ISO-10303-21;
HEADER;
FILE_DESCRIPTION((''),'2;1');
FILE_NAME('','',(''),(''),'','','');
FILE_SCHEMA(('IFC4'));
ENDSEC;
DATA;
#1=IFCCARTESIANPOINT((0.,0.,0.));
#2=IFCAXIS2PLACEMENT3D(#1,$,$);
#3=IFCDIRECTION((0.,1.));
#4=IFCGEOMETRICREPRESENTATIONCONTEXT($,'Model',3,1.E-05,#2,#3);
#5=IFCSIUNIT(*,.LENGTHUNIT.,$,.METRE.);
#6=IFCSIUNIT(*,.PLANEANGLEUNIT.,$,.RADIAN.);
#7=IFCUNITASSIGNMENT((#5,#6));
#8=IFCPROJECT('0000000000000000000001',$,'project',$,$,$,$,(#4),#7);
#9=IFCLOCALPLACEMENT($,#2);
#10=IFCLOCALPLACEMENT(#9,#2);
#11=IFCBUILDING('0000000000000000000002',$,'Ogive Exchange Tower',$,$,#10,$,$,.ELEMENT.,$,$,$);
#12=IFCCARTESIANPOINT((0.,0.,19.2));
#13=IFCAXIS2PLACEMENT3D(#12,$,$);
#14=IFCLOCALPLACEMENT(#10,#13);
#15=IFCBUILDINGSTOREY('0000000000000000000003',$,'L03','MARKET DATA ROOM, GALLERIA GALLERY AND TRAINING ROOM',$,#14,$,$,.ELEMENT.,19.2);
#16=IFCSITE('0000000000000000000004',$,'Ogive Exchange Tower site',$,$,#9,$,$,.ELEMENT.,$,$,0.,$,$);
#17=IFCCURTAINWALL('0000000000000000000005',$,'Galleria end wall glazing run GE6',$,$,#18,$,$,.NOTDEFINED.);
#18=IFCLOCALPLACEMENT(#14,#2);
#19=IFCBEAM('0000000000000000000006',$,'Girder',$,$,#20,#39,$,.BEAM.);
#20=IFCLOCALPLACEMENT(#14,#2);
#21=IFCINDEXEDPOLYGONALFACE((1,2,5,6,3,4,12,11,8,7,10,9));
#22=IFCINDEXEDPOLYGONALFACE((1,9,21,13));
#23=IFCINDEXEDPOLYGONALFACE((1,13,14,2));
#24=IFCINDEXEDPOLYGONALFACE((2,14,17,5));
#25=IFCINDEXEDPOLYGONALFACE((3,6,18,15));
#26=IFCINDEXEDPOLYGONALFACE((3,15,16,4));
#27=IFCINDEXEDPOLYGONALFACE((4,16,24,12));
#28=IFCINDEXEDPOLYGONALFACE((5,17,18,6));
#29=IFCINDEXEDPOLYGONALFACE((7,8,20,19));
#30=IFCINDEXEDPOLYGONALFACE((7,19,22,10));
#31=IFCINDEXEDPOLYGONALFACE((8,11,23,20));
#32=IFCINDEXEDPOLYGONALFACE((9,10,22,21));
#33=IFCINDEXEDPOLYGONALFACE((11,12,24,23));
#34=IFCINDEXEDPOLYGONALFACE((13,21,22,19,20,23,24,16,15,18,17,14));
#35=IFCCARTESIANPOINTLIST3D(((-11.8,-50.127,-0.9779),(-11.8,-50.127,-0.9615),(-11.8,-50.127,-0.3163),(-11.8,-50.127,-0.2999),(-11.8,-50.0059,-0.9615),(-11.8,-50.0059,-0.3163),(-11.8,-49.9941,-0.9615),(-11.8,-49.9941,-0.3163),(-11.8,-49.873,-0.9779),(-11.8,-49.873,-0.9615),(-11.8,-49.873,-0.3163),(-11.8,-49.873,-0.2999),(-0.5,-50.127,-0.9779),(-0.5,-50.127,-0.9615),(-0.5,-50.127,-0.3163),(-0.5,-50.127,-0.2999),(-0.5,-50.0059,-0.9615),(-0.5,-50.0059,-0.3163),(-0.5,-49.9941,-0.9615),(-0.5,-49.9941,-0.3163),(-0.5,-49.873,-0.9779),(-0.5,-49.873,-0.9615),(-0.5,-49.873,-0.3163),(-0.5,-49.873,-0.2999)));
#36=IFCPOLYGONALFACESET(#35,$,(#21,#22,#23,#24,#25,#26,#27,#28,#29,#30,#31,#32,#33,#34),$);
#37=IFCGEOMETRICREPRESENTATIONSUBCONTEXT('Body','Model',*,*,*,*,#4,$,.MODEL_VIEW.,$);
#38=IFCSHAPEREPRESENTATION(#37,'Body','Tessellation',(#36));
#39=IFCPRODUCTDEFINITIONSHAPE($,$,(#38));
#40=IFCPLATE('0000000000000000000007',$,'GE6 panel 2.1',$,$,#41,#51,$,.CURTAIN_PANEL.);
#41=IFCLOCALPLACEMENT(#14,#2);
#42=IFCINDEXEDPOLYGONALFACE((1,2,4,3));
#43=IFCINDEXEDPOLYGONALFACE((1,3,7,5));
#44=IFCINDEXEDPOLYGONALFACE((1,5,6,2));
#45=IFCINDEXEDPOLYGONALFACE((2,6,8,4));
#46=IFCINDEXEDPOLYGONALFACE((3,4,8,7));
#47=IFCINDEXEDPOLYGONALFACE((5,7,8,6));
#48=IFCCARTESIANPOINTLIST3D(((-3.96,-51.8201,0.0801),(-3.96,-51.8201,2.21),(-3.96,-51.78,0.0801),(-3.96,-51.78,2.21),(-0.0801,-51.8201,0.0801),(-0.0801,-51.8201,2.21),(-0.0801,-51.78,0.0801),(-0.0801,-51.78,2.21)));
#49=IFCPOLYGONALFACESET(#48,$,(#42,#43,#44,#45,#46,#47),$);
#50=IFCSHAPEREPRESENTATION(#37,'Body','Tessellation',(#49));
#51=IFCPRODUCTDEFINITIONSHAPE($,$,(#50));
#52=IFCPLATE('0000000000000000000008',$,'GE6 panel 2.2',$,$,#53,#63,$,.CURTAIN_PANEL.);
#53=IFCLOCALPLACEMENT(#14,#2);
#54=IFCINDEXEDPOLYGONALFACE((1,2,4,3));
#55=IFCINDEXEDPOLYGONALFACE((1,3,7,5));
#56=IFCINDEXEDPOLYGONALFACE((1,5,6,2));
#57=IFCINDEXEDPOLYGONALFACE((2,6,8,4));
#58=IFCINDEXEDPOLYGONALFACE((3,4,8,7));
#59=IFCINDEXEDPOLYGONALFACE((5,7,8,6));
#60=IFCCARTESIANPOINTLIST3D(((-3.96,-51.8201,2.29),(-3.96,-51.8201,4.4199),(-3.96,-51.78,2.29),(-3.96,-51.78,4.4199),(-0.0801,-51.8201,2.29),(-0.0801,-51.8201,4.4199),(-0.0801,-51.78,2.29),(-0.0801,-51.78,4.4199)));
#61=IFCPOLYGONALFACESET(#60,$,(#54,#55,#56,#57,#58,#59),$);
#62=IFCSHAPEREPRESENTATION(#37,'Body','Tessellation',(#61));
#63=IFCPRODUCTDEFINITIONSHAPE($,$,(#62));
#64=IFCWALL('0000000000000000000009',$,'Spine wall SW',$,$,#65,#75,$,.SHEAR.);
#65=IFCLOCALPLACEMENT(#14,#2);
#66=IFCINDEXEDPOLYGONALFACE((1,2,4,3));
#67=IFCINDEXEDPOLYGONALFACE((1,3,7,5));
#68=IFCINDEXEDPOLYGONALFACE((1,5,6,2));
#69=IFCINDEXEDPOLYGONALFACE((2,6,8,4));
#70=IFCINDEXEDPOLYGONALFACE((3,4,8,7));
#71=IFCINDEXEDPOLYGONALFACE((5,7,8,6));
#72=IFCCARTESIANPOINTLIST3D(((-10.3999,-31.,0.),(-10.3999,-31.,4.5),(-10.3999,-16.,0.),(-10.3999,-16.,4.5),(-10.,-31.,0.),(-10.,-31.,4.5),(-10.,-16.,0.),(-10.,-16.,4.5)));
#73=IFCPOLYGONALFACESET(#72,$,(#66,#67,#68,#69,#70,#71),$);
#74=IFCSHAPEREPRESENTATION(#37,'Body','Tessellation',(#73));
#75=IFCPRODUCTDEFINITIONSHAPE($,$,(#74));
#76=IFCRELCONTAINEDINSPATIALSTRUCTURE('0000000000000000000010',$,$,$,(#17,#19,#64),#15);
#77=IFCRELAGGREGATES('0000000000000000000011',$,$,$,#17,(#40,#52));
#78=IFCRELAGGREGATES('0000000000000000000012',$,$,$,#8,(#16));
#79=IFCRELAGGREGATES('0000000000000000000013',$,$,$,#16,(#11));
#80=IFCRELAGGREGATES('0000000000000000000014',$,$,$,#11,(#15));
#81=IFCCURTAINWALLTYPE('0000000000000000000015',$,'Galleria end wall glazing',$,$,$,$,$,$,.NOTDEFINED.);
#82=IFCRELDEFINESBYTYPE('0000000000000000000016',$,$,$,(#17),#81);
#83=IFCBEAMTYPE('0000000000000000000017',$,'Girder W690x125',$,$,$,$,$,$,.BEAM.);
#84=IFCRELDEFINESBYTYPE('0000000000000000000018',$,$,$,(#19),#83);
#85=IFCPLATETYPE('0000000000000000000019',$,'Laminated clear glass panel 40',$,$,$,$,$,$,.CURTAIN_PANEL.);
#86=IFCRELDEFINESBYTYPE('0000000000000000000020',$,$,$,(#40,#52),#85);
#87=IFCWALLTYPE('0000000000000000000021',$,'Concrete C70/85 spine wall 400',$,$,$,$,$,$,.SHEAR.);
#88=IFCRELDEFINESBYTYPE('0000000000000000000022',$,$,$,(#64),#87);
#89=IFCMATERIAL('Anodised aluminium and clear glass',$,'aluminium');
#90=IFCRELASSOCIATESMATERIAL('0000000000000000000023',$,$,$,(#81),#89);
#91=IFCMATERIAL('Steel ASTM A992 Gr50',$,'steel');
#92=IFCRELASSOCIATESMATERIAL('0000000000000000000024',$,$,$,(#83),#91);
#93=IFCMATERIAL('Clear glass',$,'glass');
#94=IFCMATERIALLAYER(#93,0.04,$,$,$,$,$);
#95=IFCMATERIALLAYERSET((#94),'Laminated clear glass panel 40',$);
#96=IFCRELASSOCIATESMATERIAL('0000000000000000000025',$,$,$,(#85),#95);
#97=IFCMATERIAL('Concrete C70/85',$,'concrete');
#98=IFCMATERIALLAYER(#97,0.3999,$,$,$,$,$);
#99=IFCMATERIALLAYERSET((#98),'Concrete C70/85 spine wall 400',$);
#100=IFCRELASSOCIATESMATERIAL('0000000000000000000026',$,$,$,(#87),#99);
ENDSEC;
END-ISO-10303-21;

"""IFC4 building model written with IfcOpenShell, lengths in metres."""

from ifc_helpers import new_model, si_unit, direction, frame, frame_2d, origin, origin_2d, place, context, subcontext, project, spatial, rectangle, i_section, extrude, material, layer, layer_set, material_profile, profile_set, type_object, element, aggregate, save


model = new_model("IFC4")

# Units and contexts
model_context = context("Model", 3, precision=1e-05, world=origin(), true_north=direction((0.0, 1.0)))
body_context = subcontext(model_context, "Body", "Model", "MODEL_VIEW")
ifc_project = project(units=[si_unit("LENGTHUNIT", "METRE"), si_unit("PLANEANGLEUNIT", "RADIAN")], contexts=[model_context])

# Site, building, storey
site_placement = place(None, origin())
site = spatial("IfcSite", under=ifc_project, at=site_placement, Name="Ogive Exchange Tower site", CompositionType="ELEMENT", RefElevation=0.0)
building_placement = place(site_placement, origin())
building = spatial("IfcBuilding", under=site, at=building_placement, Name="Ogive Exchange Tower", CompositionType="ELEMENT")
storey_placement = place(building_placement, frame((0.0, 0.0, 19.2)))
storey = spatial("IfcBuildingStorey", under=building, at=storey_placement, Name="L03", Description="MARKET DATA ROOM, GALLERIA GALLERY AND TRAINING ROOM", CompositionType="ELEMENT", Elevation=19.2)

# Shared definitions
ifc_material_1 = material(Name="Concrete C70/85", Category="concrete")

# Curtain wall
ifc_material_2 = material(Name="Anodised aluminium and clear glass", Category="aluminium")
curtain_wall_type = type_object("IfcCurtainWallType", Name="Galleria end wall glazing", PredefinedType="NOTDEFINED", material=ifc_material_2)
curtain_wall_placement = place(storey_placement, origin())
curtain_wall = element("IfcCurtainWall", 1, at=curtain_wall_placement, inside=storey, type_object=curtain_wall_type, Name="Galleria end wall glazing run GE6", PredefinedType="NOTDEFINED")

# Beam
ifc_material_3 = material(Name="Steel ASTM A992 Gr50", Category="steel")
ifc_material_profile_1 = material_profile(ifc_material_3, i_section(OverallWidth=0.2539, OverallDepth=0.678, WebThickness=0.0117, FlangeThickness=0.0164, at=origin_2d()), Name="W690x125")
ifc_profile_set_1 = profile_set([ifc_material_profile_1], Name="Steel ASTM A992 Gr50")
beam_type_1 = type_object("IfcBeamType", Name="Girder W690x125", PredefinedType="BEAM", material=ifc_profile_set_1)
for number, where, z_axis, x_axis, name in (
    (2, (-11.8, -50.0, -0.6389), (1.0, 0.0, 0.0), (0.0, 1.0, 0.0), "Girder"),
):
    element("IfcBeam", number, at=place(storey_placement, frame(where, z_axis=z_axis, x_axis=x_axis)), inside=storey, type_object=beam_type_1, Name=name, PredefinedType="BEAM", context=body_context, shape_type="SweptSolid", body=[
        extrude(i_section(OverallWidth=0.2539, OverallDepth=0.678, WebThickness=0.0117, FlangeThickness=0.0164, at=origin_2d()), origin(), (0.0, 0.0, 1.0), 11.3),
    ])

# Plates
ifc_material_4 = material(Name="Clear glass", Category="glass")
ifc_layer_1 = layer(ifc_material_4, 0.04)
ifc_layer_set_1 = layer_set([ifc_layer_1], Name="Laminated clear glass panel 40")
plate_type = type_object("IfcPlateType", Name="Laminated clear glass panel 40", PredefinedType="CURTAIN_PANEL", material=ifc_layer_set_1)
plate_1_placement = place(storey_placement, frame((-2.02, -51.8, 0.0801), z_axis=(0.0, 0.0, 1.0), x_axis=(1.0, 0.0, 0.0)))
plate_1 = element("IfcPlate", 3, at=plate_1_placement, type_object=plate_type, Name="GE6 panel 2.1", PredefinedType="CURTAIN_PANEL", context=body_context, shape_type="SweptSolid", body=[
    extrude(rectangle(XDim=3.8799, YDim=0.04, at=origin_2d()), origin(), (0.0, 0.0, 1.0), 2.1299),
])
plate_2_placement = place(storey_placement, frame((-2.02, -51.8, 2.29), z_axis=(0.0, 0.0, 1.0), x_axis=(1.0, 0.0, 0.0)))
plate_2 = element("IfcPlate", 4, at=plate_2_placement, type_object=plate_type, Name="GE6 panel 2.2", PredefinedType="CURTAIN_PANEL", context=body_context, shape_type="SweptSolid", body=[
    extrude(rectangle(XDim=3.8799, YDim=0.04, at=origin_2d()), origin(), (0.0, 0.0, 1.0), 2.1299),
])
aggregate(curtain_wall, [plate_1, plate_2])

# Wall
ifc_layer_2 = layer(ifc_material_1, 0.3999)
ifc_layer_set_2 = layer_set([ifc_layer_2], Name="Concrete C70/85 spine wall 400")
wall_type = type_object("IfcWallType", Name="Concrete C70/85 spine wall 400", PredefinedType="SHEAR", material=ifc_layer_set_2)
wall_placement = place(storey_placement, frame((-10.2, -31.0, 0.0), z_axis=(0.0, 0.0, 1.0), x_axis=(0.0, 1.0, 0.0)))
element("IfcWall", 5, at=wall_placement, inside=storey, type_object=wall_type, Name="Spine wall SW", PredefinedType="SHEAR", context=body_context, shape_type="SweptSolid", body=[
    extrude(rectangle(XDim=15.0, YDim=0.3999, at=frame_2d((7.5, 0.0))), origin(), (0.0, 0.0, 1.0), 4.5),
])

save(model, "model.ifc")
